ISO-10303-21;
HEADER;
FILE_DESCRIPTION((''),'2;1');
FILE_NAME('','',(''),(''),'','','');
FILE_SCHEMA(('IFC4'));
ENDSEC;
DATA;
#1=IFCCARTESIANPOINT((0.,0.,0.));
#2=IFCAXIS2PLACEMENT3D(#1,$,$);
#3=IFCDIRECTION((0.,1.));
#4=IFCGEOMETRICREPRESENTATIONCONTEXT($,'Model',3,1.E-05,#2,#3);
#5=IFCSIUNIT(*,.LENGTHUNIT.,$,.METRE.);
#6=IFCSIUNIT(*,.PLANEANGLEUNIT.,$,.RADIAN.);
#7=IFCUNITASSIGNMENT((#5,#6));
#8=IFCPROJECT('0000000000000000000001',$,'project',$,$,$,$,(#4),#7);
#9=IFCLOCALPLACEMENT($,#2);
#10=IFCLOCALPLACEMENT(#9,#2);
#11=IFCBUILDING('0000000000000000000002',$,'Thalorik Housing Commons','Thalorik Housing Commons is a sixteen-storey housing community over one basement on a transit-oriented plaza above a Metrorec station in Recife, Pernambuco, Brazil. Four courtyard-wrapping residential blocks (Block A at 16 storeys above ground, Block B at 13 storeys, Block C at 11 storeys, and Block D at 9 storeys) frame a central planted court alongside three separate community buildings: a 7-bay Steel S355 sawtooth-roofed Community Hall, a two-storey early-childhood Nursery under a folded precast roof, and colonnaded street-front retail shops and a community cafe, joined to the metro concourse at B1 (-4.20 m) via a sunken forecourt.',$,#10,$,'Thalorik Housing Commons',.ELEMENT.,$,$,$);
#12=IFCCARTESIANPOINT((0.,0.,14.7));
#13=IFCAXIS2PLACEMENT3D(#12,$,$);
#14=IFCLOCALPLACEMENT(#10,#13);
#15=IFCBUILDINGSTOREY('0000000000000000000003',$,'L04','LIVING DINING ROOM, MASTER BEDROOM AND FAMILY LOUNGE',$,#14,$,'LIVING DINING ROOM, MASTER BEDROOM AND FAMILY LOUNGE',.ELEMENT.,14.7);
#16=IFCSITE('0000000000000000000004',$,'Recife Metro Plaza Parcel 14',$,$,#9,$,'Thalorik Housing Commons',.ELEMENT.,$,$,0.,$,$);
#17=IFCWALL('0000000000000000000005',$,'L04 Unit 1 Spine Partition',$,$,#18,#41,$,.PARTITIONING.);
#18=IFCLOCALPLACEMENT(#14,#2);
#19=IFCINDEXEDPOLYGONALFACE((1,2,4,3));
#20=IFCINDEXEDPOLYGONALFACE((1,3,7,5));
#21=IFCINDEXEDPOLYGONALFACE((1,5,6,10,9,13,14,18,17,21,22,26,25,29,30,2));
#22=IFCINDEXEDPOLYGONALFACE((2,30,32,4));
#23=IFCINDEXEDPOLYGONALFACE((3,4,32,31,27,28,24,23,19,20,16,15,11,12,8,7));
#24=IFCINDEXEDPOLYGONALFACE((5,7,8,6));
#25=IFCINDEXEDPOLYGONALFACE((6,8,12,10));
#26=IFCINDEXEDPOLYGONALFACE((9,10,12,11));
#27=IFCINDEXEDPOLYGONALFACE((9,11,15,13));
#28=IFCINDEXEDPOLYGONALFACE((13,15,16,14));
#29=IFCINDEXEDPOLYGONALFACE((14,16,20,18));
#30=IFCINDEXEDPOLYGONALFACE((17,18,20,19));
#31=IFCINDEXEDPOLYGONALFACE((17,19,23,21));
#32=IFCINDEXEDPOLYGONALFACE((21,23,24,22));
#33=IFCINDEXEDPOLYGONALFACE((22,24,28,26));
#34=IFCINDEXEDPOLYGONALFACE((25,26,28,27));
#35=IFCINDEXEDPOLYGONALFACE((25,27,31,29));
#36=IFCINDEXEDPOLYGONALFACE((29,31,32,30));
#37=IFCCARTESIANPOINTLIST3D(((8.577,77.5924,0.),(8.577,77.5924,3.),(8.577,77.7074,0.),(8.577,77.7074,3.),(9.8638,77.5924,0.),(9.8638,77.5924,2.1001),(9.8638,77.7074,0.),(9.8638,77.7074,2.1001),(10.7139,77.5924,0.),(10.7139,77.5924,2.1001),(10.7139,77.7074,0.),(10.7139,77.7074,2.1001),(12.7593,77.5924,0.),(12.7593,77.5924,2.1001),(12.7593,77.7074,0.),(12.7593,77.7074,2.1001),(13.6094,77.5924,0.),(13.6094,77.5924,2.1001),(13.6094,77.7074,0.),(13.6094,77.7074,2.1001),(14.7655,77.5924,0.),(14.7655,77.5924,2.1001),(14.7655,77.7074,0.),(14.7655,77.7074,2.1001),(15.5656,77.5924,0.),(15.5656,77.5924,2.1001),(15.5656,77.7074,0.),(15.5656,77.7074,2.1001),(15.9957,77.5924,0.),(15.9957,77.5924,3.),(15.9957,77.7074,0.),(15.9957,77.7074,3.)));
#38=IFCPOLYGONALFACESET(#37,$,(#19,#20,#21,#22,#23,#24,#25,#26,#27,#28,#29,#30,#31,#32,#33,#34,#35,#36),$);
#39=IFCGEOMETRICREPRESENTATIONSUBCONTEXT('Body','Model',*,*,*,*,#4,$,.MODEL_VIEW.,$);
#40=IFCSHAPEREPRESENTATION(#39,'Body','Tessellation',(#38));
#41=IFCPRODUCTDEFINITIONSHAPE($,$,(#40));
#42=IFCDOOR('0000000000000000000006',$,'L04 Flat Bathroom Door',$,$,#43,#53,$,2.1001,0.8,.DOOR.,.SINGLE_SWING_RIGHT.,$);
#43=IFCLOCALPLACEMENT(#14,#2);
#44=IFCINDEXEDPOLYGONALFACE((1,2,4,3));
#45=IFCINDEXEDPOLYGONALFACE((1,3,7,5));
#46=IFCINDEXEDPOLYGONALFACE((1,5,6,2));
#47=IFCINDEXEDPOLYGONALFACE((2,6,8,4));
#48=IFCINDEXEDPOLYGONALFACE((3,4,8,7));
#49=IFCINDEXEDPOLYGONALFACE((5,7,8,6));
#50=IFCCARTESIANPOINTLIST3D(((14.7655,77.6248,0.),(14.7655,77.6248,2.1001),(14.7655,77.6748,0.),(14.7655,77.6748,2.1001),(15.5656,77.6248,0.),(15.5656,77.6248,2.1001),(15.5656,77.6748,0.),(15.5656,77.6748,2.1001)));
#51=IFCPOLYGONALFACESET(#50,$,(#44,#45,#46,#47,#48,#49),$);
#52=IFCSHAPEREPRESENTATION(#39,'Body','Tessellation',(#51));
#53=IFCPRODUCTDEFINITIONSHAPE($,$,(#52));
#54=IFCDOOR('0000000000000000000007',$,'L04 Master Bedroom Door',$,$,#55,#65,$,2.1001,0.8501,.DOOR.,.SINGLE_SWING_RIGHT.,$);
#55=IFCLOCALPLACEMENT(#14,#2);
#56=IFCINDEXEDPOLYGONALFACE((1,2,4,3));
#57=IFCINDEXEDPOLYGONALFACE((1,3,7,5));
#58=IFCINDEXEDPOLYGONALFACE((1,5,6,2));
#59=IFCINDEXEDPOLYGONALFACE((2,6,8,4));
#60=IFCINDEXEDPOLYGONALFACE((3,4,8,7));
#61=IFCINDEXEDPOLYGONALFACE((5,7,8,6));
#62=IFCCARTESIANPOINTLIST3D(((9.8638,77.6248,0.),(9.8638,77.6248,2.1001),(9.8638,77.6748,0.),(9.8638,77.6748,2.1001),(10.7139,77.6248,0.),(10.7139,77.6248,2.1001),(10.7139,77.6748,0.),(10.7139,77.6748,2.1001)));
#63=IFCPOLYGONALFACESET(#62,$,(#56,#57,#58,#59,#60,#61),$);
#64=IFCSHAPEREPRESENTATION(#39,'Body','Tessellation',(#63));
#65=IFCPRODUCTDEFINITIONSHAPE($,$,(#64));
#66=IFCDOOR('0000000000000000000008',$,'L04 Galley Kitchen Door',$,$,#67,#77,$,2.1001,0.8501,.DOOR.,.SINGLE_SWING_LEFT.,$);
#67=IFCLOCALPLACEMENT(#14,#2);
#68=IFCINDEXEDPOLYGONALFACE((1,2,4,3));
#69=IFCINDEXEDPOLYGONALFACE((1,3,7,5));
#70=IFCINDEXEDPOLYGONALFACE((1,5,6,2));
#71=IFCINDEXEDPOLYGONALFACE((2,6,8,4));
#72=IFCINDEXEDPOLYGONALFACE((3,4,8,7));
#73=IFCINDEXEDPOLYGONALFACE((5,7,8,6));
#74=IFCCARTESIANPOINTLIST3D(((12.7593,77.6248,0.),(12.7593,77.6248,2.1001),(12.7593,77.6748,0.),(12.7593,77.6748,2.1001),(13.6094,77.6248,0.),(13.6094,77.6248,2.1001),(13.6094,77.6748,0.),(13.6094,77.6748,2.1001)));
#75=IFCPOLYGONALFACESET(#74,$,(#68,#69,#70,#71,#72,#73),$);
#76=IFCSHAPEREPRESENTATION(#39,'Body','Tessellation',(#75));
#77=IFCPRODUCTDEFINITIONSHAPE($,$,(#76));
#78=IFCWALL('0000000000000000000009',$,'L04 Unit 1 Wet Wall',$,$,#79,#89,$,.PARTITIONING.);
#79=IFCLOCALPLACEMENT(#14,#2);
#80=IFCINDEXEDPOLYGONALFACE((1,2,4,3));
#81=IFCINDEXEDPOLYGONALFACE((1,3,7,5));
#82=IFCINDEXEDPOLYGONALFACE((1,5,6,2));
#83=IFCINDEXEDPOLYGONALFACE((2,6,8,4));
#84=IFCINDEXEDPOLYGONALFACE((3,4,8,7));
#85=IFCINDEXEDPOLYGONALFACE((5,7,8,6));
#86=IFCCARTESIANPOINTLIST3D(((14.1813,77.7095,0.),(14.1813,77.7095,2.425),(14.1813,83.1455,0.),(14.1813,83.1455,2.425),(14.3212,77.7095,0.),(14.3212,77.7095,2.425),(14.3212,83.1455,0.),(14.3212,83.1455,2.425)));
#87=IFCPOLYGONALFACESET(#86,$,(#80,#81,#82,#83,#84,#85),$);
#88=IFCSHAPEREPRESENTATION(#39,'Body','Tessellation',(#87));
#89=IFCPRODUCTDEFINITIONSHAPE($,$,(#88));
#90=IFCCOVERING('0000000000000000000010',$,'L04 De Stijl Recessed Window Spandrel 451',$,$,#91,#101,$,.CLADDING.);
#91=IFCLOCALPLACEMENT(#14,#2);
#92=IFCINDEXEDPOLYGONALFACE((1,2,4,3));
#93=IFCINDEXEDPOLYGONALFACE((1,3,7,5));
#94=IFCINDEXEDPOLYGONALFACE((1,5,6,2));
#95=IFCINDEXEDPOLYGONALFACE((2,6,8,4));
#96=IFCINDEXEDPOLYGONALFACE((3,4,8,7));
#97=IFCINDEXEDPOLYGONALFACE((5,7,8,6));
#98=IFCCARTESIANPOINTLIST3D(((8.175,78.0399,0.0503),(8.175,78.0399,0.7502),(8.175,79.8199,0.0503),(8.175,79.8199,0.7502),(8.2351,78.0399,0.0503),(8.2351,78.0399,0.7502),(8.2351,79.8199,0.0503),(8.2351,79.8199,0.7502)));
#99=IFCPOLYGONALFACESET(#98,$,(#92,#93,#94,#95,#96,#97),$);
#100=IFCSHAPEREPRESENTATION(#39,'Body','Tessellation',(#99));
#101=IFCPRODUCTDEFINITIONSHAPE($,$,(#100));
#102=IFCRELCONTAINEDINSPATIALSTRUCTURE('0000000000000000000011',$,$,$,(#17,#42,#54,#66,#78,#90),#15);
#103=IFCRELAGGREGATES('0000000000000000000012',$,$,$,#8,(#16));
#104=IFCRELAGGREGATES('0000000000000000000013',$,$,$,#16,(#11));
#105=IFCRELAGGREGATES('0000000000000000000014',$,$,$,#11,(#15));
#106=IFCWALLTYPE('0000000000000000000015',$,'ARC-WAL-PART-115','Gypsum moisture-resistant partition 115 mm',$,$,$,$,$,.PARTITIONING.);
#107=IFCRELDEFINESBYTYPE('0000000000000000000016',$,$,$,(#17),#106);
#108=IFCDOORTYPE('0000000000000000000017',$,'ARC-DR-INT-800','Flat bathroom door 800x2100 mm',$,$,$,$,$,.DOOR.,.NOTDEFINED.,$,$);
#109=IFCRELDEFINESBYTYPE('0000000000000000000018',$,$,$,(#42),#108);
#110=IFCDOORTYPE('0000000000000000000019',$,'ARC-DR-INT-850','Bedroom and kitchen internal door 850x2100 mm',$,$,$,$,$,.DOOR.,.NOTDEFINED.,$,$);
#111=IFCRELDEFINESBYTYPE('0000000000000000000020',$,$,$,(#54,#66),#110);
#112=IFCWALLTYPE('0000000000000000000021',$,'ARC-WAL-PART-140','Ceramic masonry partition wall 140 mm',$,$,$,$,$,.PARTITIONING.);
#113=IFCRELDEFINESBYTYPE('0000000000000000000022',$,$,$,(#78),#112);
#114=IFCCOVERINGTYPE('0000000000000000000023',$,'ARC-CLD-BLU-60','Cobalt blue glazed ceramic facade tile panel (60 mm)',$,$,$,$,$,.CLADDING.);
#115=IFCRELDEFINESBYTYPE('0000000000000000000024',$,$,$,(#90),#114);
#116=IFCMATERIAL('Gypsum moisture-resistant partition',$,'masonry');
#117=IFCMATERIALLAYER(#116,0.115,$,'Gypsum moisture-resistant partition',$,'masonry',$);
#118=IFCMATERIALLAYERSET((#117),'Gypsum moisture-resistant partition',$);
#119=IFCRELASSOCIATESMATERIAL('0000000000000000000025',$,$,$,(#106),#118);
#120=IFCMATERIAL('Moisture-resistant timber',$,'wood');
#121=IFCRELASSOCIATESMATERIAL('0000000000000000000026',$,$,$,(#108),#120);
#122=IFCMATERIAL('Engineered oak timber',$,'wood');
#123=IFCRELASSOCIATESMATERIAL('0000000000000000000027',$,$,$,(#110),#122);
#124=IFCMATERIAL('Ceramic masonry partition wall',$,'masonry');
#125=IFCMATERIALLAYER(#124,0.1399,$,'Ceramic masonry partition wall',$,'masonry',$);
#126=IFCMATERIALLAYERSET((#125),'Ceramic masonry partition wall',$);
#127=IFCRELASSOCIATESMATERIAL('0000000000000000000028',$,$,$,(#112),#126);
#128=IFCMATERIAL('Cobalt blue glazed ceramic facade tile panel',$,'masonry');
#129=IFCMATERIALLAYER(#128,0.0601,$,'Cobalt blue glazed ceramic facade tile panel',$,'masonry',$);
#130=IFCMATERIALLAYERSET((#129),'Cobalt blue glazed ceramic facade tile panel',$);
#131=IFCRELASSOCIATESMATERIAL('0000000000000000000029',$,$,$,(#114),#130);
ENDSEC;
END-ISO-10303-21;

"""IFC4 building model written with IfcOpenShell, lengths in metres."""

from ifc_helpers import new_model, si_unit, direction, frame, frame_2d, origin, origin_2d, place, context, subcontext, project, spatial, rectangle, extrude, material, layer, layer_set, type_object, element, fill, save


model = new_model("IFC4")

# Units and contexts
model_context = context("Model", 3, precision=1e-05, world=origin(), true_north=direction((0.0, 1.0)))
body_context = subcontext(model_context, "Body", "Model", "MODEL_VIEW")
ifc_project = project(units=[si_unit("LENGTHUNIT", "METRE"), si_unit("PLANEANGLEUNIT", "RADIAN")], contexts=[model_context])

# Site, building, storey
site_placement = place(None, origin())
site = spatial("IfcSite", under=ifc_project, at=site_placement, Name="Recife Metro Plaza Parcel 14", LongName="Thalorik Housing Commons", CompositionType="ELEMENT", RefElevation=0.0)
building_placement = place(site_placement, origin())
building = spatial("IfcBuilding", under=site, at=building_placement, Name="Thalorik Housing Commons", Description="Thalorik Housing Commons is a sixteen-storey housing community over one basement on a transit-oriented plaza above a Metrorec station in Recife, Pernambuco, Brazil. Four courtyard-wrapping residential blocks (Block A at 16 storeys above ground, Block B at 13 storeys, Block C at 11 storeys, and Block D at 9 storeys) frame a central planted court alongside three separate community buildings: a 7-bay Steel S355 sawtooth-roofed Community Hall, a two-storey early-childhood Nursery under a folded precast roof, and colonnaded street-front retail shops and a community cafe, joined to the metro concourse at B1 (-4.20 m) via a sunken forecourt.", LongName="Thalorik Housing Commons", CompositionType="ELEMENT")
storey_placement = place(building_placement, frame((0.0, 0.0, 14.7)))
storey = spatial("IfcBuildingStorey", under=building, at=storey_placement, Name="L04", Description="LIVING DINING ROOM, MASTER BEDROOM AND FAMILY LOUNGE", LongName="LIVING DINING ROOM, MASTER BEDROOM AND FAMILY LOUNGE", CompositionType="ELEMENT", Elevation=14.7)

# Wall, openings, doors
ifc_material_1 = material(Name="Gypsum moisture-resistant partition", Category="masonry")
ifc_layer_1 = layer(ifc_material_1, 0.115, Name="Gypsum moisture-resistant partition", Category="masonry")
ifc_layer_set_1 = layer_set([ifc_layer_1], Name="Gypsum moisture-resistant partition")
wall_type_1 = type_object("IfcWallType", Name="ARC-WAL-PART-115", Description="Gypsum moisture-resistant partition 115 mm", PredefinedType="PARTITIONING", material=ifc_layer_set_1)
wall_1_placement = place(storey_placement, frame((8.5769, 77.6499, 0.0), z_axis=(0.0, 0.0, 1.0), x_axis=(1.0, 0.0, 0.0)))
wall_1 = element("IfcWall", 1, at=wall_1_placement, inside=storey, type_object=wall_type_1, Name="L04 Unit 1 Spine Partition", PredefinedType="PARTITIONING", context=body_context, shape_type="SweptSolid", body=[
    extrude(rectangle(XDim=7.4187, YDim=0.115, at=frame_2d((3.7095, 0.0))), origin(), (0.0, 0.0, 1.0), 3.0),
])
opening_1_placement = place(wall_1_placement, frame((1.2869, 0.0, 0.0)))
opening_1 = element("IfcOpeningElement", 2, at=opening_1_placement, cuts=wall_1, PredefinedType="OPENING", context=body_context, shape_type="SweptSolid", body=[
    extrude(rectangle(XDim=0.8501, YDim=2.1001, at=frame_2d((0.425, 1.05))), frame((0.0, 0.0674, 0.0), z_axis=(0.0, -1.0, 0.0), x_axis=(1.0, 0.0, 0.0)), (0.0, 0.0, 1.0), 0.135),
])
opening_2_placement = place(wall_1_placement, frame((4.1824, 0.0, 0.0)))
opening_2 = element("IfcOpeningElement", 3, at=opening_2_placement, cuts=wall_1, PredefinedType="OPENING", context=body_context, shape_type="SweptSolid", body=[
    extrude(rectangle(XDim=0.8501, YDim=2.1001, at=frame_2d((0.425, 1.05))), frame((0.0, 0.0674, 0.0), z_axis=(0.0, -1.0, 0.0), x_axis=(1.0, 0.0, 0.0)), (0.0, 0.0, 1.0), 0.135),
])
opening_3_placement = place(wall_1_placement, frame((6.1887, 0.0, 0.0)))
opening_3 = element("IfcOpeningElement", 4, at=opening_3_placement, cuts=wall_1, PredefinedType="OPENING", context=body_context, shape_type="SweptSolid", body=[
    extrude(rectangle(XDim=0.8, YDim=2.1001, at=frame_2d((0.3999, 1.05))), frame((0.0, 0.0674, 0.0), z_axis=(0.0, -1.0, 0.0), x_axis=(1.0, 0.0, 0.0)), (0.0, 0.0, 1.0), 0.135),
])
ifc_material_2 = material(Name="Moisture-resistant timber", Category="wood")
door_type_1 = type_object("IfcDoorType", Name="ARC-DR-INT-800", Description="Flat bathroom door 800x2100 mm", OperationType="NOTDEFINED", PredefinedType="DOOR", material=ifc_material_2)
door_1_placement = place(opening_3_placement, origin())
door_1 = element("IfcDoor", 5, at=door_1_placement, inside=storey, type_object=door_type_1, Name="L04 Flat Bathroom Door", OperationType="SINGLE_SWING_RIGHT", OverallHeight=2.1001, OverallWidth=0.8, PredefinedType="DOOR", context=body_context, shape_type="SweptSolid", body=[
    extrude(rectangle(XDim=0.8, YDim=2.1001, at=frame_2d((0.3999, 1.05))), frame((0.0, 0.0249, 0.0), z_axis=(0.0, -1.0, 0.0), x_axis=(1.0, 0.0, 0.0)), (0.0, 0.0, 1.0), 0.05),
])
fill(opening_3, door_1)
ifc_material_3 = material(Name="Engineered oak timber", Category="wood")
door_type_2 = type_object("IfcDoorType", Name="ARC-DR-INT-850", Description="Bedroom and kitchen internal door 850x2100 mm", OperationType="NOTDEFINED", PredefinedType="DOOR", material=ifc_material_3)
door_2_placement = place(opening_1_placement, origin())
door_2 = element("IfcDoor", 6, at=door_2_placement, inside=storey, type_object=door_type_2, Name="L04 Master Bedroom Door", OperationType="SINGLE_SWING_RIGHT", OverallHeight=2.1001, OverallWidth=0.8501, PredefinedType="DOOR", context=body_context, shape_type="SweptSolid", body=[
    extrude(rectangle(XDim=0.8501, YDim=2.1001, at=frame_2d((0.425, 1.05))), frame((0.0, 0.0249, 0.0), z_axis=(0.0, -1.0, 0.0), x_axis=(1.0, 0.0, 0.0)), (0.0, 0.0, 1.0), 0.05),
])
fill(opening_1, door_2)
door_3_placement = place(opening_2_placement, origin())
door_3 = element("IfcDoor", 7, at=door_3_placement, inside=storey, type_object=door_type_2, Name="L04 Galley Kitchen Door", OperationType="SINGLE_SWING_LEFT", OverallHeight=2.1001, OverallWidth=0.8501, PredefinedType="DOOR", context=body_context, shape_type="SweptSolid", body=[
    extrude(rectangle(XDim=0.8501, YDim=2.1001, at=frame_2d((0.425, 1.05))), frame((0.0, 0.0249, 0.0), z_axis=(0.0, -1.0, 0.0), x_axis=(1.0, 0.0, 0.0)), (0.0, 0.0, 1.0), 0.05),
])
fill(opening_2, door_3)

# Wall
ifc_material_4 = material(Name="Ceramic masonry partition wall", Category="masonry")
ifc_layer_2 = layer(ifc_material_4, 0.1399, Name="Ceramic masonry partition wall", Category="masonry")
ifc_layer_set_2 = layer_set([ifc_layer_2], Name="Ceramic masonry partition wall")
wall_type_2 = type_object("IfcWallType", Name="ARC-WAL-PART-140", Description="Ceramic masonry partition wall 140 mm", PredefinedType="PARTITIONING", material=ifc_layer_set_2)
wall_2_placement = place(storey_placement, frame((14.2512, 77.7095, 0.0), z_axis=(0.0, 0.0, 1.0), x_axis=(0.0, 1.0, 0.0)))
element("IfcWall", 8, at=wall_2_placement, inside=storey, type_object=wall_type_2, Name="L04 Unit 1 Wet Wall", PredefinedType="PARTITIONING", context=body_context, shape_type="SweptSolid", body=[
    extrude(rectangle(XDim=5.436, YDim=0.1399, at=frame_2d((2.718, 0.0))), origin(), (0.0, 0.0, 1.0), 2.425),
])

# Covering
ifc_material_5 = material(Name="Cobalt blue glazed ceramic facade tile panel", Category="masonry")
ifc_layer_3 = layer(ifc_material_5, 0.0601, Name="Cobalt blue glazed ceramic facade tile panel", Category="masonry")
ifc_layer_set_3 = layer_set([ifc_layer_3], Name="Cobalt blue glazed ceramic facade tile panel")
covering_type_1 = type_object("IfcCoveringType", Name="ARC-CLD-BLU-60", Description="Cobalt blue glazed ceramic facade tile panel (60 mm)", PredefinedType="CLADDING", material=ifc_layer_set_3)
covering_1_placement = place(storey_placement, frame((8.2051, 78.9299, 0.0503), z_axis=(0.0, 0.0, 1.0), x_axis=(0.0, -1.0, 0.0)))
element("IfcCovering", 9, at=covering_1_placement, inside=storey, type_object=covering_type_1, Name="L04 De Stijl Recessed Window Spandrel 451", PredefinedType="CLADDING", context=body_context, shape_type="SweptSolid", body=[
    extrude(rectangle(XDim=1.78, YDim=0.0601, at=origin_2d()), origin(), (0.0, 0.0, 1.0), 0.7),
])

save(model, "model.ifc")
